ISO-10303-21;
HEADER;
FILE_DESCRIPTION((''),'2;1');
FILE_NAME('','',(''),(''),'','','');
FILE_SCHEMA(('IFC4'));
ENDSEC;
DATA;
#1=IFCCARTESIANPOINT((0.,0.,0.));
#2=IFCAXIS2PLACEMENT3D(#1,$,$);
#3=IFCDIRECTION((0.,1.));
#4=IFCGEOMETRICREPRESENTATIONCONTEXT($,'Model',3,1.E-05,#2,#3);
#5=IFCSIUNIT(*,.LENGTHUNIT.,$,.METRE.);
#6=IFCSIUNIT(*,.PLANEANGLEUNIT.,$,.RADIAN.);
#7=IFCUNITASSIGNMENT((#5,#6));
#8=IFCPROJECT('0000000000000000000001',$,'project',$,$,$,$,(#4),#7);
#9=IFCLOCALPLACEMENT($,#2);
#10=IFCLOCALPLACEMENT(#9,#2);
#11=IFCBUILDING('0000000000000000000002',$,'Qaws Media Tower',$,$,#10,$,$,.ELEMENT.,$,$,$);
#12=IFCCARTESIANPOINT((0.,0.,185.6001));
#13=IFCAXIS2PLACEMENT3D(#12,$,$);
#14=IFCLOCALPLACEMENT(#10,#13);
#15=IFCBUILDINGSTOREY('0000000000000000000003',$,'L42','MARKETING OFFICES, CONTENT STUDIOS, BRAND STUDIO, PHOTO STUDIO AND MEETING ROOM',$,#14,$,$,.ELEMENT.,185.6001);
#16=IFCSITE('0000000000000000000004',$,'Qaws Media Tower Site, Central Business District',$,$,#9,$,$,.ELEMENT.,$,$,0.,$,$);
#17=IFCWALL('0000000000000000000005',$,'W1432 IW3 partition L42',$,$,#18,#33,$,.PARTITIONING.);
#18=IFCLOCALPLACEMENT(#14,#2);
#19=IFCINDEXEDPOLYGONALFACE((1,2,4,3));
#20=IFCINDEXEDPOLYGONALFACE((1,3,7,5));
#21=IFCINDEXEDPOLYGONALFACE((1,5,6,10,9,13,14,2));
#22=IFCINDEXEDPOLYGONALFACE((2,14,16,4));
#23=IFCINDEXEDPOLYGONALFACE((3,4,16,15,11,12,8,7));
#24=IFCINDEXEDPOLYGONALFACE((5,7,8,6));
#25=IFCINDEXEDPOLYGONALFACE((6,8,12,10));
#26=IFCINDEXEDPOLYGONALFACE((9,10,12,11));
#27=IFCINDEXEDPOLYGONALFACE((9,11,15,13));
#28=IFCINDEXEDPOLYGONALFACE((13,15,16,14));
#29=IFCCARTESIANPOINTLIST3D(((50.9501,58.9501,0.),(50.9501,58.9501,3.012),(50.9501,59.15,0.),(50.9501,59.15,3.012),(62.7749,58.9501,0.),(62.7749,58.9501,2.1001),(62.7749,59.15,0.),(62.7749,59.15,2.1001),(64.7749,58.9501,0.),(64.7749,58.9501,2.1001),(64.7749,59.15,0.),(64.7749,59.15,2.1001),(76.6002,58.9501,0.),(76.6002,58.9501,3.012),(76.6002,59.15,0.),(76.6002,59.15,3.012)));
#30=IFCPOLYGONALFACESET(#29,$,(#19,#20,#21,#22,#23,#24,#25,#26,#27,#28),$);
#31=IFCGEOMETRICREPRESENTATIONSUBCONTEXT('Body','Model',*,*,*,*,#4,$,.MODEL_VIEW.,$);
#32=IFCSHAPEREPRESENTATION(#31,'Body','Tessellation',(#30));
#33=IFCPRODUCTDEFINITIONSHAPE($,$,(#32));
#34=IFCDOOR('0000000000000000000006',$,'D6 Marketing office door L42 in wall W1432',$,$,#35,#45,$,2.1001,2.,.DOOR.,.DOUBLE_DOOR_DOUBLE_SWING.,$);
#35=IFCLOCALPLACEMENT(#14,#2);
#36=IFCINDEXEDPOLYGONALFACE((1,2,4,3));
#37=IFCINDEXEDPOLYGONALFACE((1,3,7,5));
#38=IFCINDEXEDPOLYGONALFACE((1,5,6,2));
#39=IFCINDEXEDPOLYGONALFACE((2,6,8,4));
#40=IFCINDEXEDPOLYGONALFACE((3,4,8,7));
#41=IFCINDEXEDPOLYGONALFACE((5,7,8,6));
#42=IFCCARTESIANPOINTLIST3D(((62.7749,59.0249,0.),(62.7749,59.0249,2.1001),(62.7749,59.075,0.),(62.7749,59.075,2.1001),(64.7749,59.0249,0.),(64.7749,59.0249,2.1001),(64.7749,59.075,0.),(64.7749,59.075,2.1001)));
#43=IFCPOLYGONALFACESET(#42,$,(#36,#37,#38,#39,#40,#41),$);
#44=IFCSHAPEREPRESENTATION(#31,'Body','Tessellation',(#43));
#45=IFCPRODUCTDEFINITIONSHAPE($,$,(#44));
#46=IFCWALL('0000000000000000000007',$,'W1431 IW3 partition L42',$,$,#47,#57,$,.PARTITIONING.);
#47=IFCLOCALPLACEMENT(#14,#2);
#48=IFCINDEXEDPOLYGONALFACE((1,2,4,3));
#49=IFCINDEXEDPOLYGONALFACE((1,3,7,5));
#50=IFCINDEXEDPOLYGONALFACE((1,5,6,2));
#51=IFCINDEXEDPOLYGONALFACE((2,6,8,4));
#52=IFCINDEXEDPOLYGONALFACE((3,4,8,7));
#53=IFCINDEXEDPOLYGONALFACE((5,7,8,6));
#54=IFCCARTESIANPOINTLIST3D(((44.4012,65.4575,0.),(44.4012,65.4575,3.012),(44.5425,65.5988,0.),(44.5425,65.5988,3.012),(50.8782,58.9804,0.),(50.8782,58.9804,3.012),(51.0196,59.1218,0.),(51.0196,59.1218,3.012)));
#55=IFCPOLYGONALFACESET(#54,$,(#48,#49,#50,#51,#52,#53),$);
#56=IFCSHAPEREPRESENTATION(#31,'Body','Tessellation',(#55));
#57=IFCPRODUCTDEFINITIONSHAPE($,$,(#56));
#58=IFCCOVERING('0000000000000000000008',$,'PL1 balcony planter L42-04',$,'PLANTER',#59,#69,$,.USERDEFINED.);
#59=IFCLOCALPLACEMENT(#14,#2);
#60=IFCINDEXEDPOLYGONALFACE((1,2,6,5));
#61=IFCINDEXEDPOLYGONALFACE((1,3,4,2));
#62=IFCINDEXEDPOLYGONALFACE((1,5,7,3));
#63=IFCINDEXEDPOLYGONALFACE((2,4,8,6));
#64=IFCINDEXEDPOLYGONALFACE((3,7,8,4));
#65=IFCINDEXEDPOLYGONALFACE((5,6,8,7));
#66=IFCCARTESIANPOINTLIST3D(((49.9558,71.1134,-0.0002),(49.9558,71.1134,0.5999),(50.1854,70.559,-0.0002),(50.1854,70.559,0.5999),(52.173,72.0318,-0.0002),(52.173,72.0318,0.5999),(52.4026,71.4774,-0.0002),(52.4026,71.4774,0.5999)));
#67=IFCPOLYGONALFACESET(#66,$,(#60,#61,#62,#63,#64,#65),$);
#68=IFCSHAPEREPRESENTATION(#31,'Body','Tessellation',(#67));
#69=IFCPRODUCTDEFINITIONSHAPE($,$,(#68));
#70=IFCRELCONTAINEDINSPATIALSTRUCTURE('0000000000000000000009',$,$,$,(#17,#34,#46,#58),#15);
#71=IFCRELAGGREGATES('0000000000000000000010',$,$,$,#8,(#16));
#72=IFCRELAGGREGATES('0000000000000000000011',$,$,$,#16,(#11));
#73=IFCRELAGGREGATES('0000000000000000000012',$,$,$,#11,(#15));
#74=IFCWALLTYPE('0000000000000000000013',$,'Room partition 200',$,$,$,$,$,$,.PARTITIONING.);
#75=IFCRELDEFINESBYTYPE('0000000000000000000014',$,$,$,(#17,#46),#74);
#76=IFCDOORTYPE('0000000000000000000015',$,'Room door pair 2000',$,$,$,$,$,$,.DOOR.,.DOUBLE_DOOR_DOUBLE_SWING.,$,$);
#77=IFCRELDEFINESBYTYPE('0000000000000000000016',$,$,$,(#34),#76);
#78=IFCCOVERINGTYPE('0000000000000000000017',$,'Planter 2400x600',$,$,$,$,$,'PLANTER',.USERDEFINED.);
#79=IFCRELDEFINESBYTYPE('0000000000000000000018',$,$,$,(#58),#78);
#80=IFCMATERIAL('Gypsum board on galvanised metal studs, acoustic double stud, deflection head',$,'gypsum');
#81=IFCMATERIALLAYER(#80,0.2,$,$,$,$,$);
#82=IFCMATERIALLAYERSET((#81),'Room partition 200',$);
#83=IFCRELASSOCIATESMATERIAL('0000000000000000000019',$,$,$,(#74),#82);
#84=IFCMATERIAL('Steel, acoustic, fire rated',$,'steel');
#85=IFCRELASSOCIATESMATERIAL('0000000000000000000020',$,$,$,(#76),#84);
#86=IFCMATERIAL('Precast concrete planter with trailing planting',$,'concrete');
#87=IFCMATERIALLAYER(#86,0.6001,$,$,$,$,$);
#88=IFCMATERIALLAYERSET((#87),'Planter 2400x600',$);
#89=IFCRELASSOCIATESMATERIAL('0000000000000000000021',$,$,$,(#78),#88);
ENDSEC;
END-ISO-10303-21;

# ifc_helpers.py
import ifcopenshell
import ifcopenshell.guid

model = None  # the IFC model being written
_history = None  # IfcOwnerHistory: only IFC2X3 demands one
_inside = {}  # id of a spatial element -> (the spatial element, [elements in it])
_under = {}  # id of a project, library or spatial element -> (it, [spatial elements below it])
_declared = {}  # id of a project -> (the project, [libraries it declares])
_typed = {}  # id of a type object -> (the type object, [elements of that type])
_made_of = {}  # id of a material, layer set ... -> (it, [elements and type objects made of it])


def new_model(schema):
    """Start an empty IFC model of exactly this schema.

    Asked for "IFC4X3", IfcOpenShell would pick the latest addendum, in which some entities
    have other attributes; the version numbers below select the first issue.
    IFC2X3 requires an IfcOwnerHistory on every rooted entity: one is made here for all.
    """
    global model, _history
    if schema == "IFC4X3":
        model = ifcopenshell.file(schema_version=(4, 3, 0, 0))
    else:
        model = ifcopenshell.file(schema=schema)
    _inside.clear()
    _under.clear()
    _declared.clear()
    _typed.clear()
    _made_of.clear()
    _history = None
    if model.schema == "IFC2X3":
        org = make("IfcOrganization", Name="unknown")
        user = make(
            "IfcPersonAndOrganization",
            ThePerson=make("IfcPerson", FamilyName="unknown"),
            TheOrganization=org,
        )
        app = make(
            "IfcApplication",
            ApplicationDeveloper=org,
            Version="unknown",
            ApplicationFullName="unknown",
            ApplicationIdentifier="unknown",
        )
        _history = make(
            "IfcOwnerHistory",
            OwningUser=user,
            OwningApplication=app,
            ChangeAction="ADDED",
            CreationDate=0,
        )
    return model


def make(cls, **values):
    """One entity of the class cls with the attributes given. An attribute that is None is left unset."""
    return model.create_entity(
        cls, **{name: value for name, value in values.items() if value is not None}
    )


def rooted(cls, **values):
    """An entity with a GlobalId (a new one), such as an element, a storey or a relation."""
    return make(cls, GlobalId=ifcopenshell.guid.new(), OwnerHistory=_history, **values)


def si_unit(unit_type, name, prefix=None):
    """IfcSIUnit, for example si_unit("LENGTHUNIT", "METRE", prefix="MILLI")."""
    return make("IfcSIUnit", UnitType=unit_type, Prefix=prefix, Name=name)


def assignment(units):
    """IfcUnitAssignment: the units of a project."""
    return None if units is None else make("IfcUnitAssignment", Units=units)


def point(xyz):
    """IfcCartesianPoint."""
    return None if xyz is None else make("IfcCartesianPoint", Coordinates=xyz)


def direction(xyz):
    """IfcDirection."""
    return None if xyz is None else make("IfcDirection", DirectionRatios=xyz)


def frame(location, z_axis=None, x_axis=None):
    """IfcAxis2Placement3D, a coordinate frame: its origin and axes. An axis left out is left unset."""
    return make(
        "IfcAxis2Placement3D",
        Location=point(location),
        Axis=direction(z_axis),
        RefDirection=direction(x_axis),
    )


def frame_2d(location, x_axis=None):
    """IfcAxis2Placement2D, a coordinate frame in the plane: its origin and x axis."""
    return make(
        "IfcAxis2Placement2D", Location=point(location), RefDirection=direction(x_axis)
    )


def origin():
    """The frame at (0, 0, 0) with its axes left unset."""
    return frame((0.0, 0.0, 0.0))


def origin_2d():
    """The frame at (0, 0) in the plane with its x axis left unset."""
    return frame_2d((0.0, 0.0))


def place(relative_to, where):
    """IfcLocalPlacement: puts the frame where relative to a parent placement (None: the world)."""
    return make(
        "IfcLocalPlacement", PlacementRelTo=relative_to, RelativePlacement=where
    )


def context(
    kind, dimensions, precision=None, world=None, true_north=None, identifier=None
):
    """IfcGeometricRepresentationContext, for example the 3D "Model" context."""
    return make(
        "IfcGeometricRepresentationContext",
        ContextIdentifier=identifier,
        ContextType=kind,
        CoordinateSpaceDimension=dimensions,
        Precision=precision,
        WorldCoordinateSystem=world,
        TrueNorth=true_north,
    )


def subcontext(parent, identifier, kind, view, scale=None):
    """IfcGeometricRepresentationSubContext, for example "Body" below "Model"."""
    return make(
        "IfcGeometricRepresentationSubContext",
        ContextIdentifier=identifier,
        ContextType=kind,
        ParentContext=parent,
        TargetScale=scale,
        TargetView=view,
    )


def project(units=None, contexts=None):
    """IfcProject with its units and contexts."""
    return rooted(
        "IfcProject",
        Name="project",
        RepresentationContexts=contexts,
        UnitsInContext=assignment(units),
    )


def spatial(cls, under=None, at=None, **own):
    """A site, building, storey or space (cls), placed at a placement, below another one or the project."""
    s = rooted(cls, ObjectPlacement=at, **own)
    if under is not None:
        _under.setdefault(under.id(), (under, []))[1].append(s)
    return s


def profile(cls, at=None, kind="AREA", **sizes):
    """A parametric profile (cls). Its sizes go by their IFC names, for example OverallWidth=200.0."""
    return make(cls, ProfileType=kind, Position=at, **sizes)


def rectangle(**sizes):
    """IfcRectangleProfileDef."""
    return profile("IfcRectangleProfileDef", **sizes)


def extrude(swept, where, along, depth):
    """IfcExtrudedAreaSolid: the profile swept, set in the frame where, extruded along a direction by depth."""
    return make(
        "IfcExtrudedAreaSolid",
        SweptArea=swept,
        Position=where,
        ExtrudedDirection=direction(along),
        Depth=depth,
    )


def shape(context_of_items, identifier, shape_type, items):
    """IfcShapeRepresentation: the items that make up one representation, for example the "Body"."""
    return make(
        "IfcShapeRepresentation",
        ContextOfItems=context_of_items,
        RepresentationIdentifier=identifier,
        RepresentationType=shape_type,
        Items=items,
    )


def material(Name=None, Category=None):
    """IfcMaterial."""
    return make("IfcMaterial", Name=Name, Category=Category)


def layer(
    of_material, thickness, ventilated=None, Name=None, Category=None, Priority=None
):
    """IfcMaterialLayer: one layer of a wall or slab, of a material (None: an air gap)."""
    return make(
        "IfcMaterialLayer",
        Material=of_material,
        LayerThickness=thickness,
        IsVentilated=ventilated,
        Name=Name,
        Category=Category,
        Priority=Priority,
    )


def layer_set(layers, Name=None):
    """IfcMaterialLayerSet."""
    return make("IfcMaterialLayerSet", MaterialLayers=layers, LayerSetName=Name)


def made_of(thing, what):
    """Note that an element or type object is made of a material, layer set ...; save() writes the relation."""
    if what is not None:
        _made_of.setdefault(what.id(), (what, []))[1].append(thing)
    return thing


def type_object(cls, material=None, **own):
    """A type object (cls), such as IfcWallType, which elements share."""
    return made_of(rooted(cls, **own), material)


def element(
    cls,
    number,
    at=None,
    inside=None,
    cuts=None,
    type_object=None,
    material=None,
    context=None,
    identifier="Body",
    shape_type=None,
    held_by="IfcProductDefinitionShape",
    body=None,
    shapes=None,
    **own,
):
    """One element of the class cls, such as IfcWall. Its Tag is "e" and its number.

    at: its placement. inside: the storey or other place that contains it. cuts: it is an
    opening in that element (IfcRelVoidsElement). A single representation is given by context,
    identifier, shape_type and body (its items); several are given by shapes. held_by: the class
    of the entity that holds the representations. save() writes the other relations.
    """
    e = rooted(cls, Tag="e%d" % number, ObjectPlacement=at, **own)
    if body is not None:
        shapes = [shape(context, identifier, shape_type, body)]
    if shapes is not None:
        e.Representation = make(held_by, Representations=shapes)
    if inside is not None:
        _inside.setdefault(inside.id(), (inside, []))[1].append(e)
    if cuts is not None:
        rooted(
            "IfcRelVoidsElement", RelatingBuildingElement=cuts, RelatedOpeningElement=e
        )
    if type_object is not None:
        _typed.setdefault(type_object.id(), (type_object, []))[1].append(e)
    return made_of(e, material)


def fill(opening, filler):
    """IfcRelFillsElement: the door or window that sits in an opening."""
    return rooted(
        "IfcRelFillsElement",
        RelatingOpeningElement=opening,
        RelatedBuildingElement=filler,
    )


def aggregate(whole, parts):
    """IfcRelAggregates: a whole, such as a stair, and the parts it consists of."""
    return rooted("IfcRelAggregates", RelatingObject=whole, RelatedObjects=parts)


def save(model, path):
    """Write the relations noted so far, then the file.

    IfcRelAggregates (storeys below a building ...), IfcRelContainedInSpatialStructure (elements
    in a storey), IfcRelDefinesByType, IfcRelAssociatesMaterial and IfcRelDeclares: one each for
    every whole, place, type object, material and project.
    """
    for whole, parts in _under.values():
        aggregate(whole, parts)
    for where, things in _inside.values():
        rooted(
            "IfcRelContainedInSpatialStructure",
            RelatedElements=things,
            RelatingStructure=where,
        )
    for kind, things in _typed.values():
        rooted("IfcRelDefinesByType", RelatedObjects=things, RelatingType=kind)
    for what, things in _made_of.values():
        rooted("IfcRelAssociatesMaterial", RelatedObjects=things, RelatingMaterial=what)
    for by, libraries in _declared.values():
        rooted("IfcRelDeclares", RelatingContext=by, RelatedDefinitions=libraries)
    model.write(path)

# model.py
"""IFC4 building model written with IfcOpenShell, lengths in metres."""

from ifc_helpers import new_model, si_unit, direction, frame, frame_2d, origin, origin_2d, place, context, subcontext, project, spatial, rectangle, extrude, material, layer, layer_set, type_object, element, fill, save


model = new_model("IFC4")

# Units and contexts
model_context = context("Model", 3, precision=1e-05, world=origin(), true_north=direction((0.0, 1.0)))
body_context = subcontext(model_context, "Body", "Model", "MODEL_VIEW")
ifc_project = project(units=[si_unit("LENGTHUNIT", "METRE"), si_unit("PLANEANGLEUNIT", "RADIAN")], contexts=[model_context])

# Site, building, storey
site_placement = place(None, origin())
site = spatial("IfcSite", under=ifc_project, at=site_placement, Name="Qaws Media Tower Site, Central Business District", CompositionType="ELEMENT", RefElevation=0.0)
building_placement = place(site_placement, origin())
building = spatial("IfcBuilding", under=site, at=building_placement, Name="Qaws Media Tower", CompositionType="ELEMENT")
storey_placement = place(building_placement, frame((0.0, 0.0, 185.6001)))
storey = spatial("IfcBuildingStorey", under=building, at=storey_placement, Name="L42", Description="MARKETING OFFICES, CONTENT STUDIOS, BRAND STUDIO, PHOTO STUDIO AND MEETING ROOM", CompositionType="ELEMENT", Elevation=185.6001)

# Wall, opening, door
ifc_material_1 = material(Name="Gypsum board on galvanised metal studs, acoustic double stud, deflection head", Category="gypsum")
ifc_layer_1 = layer(ifc_material_1, 0.2)
ifc_layer_set_1 = layer_set([ifc_layer_1], Name="Room partition 200")
wall_type = type_object("IfcWallType", Name="Room partition 200", PredefinedType="PARTITIONING", material=ifc_layer_set_1)
wall_1_placement = place(storey_placement, frame((50.95, 59.05, 0.0), z_axis=(0.0, 0.0, 1.0), x_axis=(1.0, 0.0, 0.0)))
wall_1 = element("IfcWall", 1, at=wall_1_placement, inside=storey, type_object=wall_type, Name="W1432 IW3 partition L42", PredefinedType="PARTITIONING", context=body_context, shape_type="SweptSolid", body=[
    extrude(rectangle(XDim=25.6501, YDim=0.2, at=frame_2d((12.8252, 0.0))), origin(), (0.0, 0.0, 1.0), 3.012),
])
opening_placement = place(wall_1_placement, frame((11.825, 0.0, 0.0)))
opening = element("IfcOpeningElement", 2, at=opening_placement, cuts=wall_1, PredefinedType="OPENING", context=body_context, shape_type="SweptSolid", body=[
    extrude(rectangle(XDim=2.0, YDim=2.1001, at=frame_2d((1.0, 1.05))), frame((0.0, 0.1099, 0.0), z_axis=(0.0, -1.0, 0.0), x_axis=(1.0, 0.0, 0.0)), (0.0, 0.0, 1.0), 0.22),
])
ifc_material_2 = material(Name="Steel, acoustic, fire rated", Category="steel")
door_type = type_object("IfcDoorType", Name="Room door pair 2000", OperationType="DOUBLE_DOOR_DOUBLE_SWING", PredefinedType="DOOR", material=ifc_material_2)
door_placement = place(opening_placement, origin())
door = element("IfcDoor", 3, at=door_placement, inside=storey, type_object=door_type, Name="D6 Marketing office door L42 in wall W1432", OperationType="DOUBLE_DOOR_DOUBLE_SWING", OverallHeight=2.1001, OverallWidth=2.0, PredefinedType="DOOR", context=body_context, shape_type="SweptSolid", body=[
    extrude(rectangle(XDim=2.0, YDim=2.1001, at=frame_2d((1.0, 1.05))), frame((0.0, 0.0249, 0.0), z_axis=(0.0, -1.0, 0.0), x_axis=(1.0, 0.0, 0.0)), (0.0, 0.0, 1.0), 0.05),
])
fill(opening, door)

# Wall
wall_2_placement = place(storey_placement, frame((50.949, 59.051, 0.0), z_axis=(0.0, 0.0, 1.0), x_axis=(-0.707107, 0.707107, 0.0)))
element("IfcWall", 4, at=wall_2_placement, inside=storey, type_object=wall_type, Name="W1431 IW3 partition L42", PredefinedType="PARTITIONING", context=body_context, shape_type="SweptSolid", body=[
    extrude(rectangle(XDim=9.1599, YDim=0.2, at=frame_2d((4.5801, 0.0))), origin(), (0.0, 0.0, 1.0), 3.012),
])

# Covering
ifc_material_3 = material(Name="Precast concrete planter with trailing planting", Category="concrete")
ifc_layer_2 = layer(ifc_material_3, 0.6001)
ifc_layer_set_2 = layer_set([ifc_layer_2], Name="Planter 2400x600")
covering_type = type_object("IfcCoveringType", Name="Planter 2400x600", ElementType="PLANTER", PredefinedType="USERDEFINED", material=ifc_layer_set_2)
covering_placement = place(storey_placement, frame((51.1792, 71.2954, -0.0002), z_axis=(0.0, 0.0, 1.0), x_axis=(-0.92388, -0.382683, 0.0)))
element("IfcCovering", 5, at=covering_placement, inside=storey, type_object=covering_type, Name="PL1 balcony planter L42-04", ObjectType="PLANTER", PredefinedType="USERDEFINED", context=body_context, shape_type="SweptSolid", body=[
    extrude(rectangle(XDim=2.3999, YDim=0.6001, at=origin_2d()), origin(), (0.0, 0.0, 1.0), 0.6001),
])

save(model, "model.ifc")
